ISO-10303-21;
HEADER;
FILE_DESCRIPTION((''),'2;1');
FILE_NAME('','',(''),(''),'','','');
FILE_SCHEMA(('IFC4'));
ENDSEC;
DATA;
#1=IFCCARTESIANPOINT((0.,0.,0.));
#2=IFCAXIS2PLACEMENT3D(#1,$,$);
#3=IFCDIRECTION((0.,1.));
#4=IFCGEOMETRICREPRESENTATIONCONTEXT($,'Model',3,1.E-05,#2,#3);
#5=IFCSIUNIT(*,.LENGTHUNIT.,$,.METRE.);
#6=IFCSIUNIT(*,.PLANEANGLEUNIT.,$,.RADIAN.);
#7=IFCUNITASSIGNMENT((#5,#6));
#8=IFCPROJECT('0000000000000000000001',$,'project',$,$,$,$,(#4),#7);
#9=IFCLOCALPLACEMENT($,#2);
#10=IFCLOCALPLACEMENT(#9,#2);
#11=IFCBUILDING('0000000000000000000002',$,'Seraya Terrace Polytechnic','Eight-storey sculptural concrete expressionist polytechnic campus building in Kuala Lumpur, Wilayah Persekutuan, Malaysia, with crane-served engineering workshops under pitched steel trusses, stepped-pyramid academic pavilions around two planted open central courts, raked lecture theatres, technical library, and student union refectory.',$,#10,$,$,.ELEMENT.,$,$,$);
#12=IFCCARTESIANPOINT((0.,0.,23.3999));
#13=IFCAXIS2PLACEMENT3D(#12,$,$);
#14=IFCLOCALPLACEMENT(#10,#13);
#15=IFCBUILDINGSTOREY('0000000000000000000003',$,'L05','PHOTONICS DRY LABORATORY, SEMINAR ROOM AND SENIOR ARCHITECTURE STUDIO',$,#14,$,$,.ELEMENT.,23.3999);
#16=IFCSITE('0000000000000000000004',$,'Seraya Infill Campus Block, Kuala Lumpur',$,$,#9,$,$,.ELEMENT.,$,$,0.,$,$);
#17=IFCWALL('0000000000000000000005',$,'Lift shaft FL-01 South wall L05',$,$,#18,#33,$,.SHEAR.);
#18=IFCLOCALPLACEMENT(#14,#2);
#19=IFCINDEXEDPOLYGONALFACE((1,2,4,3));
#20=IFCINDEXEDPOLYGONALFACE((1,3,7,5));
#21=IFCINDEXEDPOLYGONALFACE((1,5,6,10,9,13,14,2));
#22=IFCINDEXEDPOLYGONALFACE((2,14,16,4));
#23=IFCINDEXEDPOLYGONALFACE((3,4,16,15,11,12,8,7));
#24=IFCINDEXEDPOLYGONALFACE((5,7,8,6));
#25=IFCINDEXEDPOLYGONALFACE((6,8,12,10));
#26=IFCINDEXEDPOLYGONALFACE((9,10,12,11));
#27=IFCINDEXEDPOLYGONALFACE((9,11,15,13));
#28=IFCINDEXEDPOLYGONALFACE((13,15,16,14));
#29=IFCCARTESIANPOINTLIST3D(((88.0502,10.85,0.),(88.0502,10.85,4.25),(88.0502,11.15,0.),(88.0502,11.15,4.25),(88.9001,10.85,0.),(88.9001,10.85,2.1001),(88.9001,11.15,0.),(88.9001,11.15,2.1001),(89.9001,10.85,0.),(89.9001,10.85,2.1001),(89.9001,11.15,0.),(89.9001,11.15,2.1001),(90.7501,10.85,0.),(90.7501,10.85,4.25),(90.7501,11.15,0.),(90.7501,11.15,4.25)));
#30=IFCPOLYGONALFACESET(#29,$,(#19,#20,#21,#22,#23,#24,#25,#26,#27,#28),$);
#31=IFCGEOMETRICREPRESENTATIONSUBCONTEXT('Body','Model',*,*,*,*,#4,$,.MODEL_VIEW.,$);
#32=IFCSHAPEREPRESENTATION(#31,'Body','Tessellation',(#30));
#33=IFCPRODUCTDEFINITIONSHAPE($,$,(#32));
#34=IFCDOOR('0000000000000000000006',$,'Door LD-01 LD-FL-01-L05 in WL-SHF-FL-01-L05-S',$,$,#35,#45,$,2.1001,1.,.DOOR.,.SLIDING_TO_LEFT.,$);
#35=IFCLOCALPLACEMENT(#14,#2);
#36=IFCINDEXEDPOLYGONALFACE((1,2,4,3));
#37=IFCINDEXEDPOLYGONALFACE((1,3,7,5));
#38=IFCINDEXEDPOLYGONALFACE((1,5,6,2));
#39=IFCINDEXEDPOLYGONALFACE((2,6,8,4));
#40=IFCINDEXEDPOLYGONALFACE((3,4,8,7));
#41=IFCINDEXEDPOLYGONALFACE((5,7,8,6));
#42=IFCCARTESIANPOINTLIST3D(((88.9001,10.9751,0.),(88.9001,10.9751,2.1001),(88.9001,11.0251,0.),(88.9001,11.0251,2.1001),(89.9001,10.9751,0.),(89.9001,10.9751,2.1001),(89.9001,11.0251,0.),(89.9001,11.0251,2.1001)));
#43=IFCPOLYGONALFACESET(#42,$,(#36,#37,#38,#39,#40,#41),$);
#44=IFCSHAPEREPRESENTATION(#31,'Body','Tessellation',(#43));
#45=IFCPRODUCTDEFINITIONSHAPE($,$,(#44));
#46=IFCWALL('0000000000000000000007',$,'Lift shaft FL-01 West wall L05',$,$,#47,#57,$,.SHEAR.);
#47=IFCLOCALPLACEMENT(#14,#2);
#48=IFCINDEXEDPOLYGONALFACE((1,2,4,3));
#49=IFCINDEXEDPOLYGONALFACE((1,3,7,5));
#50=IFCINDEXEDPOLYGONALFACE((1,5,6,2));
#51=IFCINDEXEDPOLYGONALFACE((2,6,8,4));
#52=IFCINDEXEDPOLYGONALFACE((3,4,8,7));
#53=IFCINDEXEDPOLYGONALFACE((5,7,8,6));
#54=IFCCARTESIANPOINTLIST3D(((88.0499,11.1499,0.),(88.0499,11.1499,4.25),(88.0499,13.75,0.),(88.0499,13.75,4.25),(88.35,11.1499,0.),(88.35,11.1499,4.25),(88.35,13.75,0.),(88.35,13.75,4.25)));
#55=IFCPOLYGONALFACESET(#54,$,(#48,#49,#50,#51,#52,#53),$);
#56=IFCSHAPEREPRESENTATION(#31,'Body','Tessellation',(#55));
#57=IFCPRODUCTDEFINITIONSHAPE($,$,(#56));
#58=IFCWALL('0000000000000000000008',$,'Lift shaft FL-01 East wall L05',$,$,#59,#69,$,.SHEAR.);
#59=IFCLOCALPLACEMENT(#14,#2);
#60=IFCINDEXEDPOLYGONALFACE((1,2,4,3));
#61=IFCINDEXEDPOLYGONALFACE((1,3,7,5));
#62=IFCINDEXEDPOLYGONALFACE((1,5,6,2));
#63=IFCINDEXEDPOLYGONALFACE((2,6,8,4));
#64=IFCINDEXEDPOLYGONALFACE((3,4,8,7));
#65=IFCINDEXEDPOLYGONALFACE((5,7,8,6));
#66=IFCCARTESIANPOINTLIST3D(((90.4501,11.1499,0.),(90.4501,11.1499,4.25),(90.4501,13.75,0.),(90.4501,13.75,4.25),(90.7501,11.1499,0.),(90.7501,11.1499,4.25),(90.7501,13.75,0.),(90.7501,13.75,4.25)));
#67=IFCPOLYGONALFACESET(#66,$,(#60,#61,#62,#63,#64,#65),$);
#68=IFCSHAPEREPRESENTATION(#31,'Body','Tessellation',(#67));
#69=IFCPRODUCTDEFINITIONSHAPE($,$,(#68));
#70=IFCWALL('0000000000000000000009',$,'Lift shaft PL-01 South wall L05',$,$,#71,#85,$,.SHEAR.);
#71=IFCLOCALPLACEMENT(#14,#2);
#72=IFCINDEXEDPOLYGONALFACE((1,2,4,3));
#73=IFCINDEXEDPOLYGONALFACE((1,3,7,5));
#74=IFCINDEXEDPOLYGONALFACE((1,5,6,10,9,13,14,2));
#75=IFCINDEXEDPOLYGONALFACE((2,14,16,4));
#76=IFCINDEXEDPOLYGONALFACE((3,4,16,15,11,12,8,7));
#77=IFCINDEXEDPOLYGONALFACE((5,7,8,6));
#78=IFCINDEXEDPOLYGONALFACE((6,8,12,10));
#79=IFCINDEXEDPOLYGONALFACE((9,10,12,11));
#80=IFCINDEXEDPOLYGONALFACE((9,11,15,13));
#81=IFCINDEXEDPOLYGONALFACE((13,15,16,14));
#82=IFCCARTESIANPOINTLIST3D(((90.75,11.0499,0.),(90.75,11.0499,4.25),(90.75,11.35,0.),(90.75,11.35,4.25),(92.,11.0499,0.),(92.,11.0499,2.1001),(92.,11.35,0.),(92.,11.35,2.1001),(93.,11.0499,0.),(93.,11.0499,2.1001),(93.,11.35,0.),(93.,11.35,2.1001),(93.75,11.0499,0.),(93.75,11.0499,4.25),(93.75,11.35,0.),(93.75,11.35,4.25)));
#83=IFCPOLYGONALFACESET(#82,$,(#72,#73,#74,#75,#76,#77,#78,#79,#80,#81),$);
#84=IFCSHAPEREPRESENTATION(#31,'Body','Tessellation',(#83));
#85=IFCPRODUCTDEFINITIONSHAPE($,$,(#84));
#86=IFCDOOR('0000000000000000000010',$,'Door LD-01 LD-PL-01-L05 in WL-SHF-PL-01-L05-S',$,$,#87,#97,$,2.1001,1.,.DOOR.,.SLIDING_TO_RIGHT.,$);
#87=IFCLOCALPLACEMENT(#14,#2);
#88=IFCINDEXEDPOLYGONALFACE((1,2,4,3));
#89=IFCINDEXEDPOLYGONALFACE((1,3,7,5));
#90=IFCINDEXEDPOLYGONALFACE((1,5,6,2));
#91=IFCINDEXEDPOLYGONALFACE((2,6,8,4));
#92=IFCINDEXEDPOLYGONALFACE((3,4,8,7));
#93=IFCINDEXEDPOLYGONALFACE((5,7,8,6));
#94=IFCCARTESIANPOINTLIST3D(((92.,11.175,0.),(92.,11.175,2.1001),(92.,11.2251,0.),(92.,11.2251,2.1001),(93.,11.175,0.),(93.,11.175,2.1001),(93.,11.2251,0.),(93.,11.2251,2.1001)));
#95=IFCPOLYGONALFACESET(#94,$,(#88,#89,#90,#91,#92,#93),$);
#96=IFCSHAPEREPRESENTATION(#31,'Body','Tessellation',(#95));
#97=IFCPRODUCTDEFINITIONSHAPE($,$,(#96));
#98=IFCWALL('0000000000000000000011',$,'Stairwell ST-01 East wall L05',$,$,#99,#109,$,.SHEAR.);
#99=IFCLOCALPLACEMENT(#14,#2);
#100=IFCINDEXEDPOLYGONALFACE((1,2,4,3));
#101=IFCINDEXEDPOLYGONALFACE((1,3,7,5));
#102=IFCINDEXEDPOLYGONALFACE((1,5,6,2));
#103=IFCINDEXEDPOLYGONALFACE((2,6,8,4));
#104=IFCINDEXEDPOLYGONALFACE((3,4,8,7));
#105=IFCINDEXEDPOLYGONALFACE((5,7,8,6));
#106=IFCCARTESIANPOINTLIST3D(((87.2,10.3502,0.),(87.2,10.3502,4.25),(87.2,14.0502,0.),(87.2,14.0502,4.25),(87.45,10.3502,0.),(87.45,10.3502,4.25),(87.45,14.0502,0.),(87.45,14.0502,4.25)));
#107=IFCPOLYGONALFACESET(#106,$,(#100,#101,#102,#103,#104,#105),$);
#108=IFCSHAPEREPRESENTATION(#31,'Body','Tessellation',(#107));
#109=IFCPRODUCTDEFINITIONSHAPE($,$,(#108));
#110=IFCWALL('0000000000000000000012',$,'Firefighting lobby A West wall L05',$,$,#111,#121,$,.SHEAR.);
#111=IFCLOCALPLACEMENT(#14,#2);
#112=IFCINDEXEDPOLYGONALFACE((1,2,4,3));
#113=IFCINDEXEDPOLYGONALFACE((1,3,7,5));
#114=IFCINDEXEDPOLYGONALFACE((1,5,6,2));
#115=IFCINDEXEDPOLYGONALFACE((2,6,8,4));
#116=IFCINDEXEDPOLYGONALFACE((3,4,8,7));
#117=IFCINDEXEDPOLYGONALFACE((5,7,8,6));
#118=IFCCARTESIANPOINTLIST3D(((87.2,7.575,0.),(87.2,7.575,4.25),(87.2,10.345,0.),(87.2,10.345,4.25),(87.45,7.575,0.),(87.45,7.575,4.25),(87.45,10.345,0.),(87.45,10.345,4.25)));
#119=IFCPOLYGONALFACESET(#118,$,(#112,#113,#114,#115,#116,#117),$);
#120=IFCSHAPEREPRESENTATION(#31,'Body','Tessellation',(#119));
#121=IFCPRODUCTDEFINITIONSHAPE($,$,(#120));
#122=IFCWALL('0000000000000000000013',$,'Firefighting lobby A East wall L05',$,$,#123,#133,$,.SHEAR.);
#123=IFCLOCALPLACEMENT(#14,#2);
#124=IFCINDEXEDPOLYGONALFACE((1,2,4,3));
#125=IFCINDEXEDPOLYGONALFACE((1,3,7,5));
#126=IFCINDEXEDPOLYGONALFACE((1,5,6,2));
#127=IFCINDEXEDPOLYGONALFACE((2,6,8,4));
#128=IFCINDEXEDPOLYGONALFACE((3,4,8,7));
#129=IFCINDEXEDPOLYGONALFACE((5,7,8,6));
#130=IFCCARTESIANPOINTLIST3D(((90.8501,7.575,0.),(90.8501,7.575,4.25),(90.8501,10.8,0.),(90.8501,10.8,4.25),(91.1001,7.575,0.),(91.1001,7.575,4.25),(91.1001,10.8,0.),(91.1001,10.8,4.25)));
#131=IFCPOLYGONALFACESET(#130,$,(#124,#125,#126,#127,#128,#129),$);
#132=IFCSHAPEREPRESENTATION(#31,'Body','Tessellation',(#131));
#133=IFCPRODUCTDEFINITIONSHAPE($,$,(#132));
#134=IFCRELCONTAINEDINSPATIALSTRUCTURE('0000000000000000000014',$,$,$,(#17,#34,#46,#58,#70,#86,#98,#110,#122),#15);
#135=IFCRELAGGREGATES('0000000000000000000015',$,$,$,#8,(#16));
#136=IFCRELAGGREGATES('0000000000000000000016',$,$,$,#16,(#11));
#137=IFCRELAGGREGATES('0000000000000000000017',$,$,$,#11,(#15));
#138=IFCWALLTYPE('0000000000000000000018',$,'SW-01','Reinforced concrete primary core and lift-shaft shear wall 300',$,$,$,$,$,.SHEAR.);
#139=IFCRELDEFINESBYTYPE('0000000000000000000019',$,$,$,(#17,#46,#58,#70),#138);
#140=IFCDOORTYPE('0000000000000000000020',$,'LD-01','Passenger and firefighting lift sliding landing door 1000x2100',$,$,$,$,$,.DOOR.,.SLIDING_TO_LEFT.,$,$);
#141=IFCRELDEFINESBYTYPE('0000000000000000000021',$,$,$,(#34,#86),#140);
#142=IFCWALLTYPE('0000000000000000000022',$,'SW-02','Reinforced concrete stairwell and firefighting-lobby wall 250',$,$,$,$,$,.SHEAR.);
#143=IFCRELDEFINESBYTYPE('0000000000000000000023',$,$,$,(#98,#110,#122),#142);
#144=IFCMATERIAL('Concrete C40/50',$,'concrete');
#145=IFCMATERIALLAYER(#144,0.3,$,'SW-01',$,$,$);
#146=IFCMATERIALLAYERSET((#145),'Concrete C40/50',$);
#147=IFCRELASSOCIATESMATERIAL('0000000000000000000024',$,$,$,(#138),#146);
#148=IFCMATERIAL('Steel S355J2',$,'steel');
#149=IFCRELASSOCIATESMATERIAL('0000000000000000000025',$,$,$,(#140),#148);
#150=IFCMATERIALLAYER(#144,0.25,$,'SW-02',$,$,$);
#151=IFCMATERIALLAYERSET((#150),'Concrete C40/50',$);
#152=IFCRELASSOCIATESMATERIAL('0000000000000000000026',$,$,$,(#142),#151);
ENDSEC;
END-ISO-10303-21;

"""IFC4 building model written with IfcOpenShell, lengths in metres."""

from ifc_helpers import new_model, si_unit, direction, frame, frame_2d, origin, place, context, subcontext, project, spatial, rectangle, extrude, material, layer, layer_set, type_object, element, fill, save


model = new_model("IFC4")

# Units and contexts
model_context = context("Model", 3, precision=1e-05, world=origin(), true_north=direction((0.0, 1.0)))
body_context = subcontext(model_context, "Body", "Model", "MODEL_VIEW")
ifc_project = project(units=[si_unit("LENGTHUNIT", "METRE"), si_unit("PLANEANGLEUNIT", "RADIAN")], contexts=[model_context])

# Site, building, storey
site_placement = place(None, origin())
site = spatial("IfcSite", under=ifc_project, at=site_placement, Name="Seraya Infill Campus Block, Kuala Lumpur", CompositionType="ELEMENT", RefElevation=0.0)
building_placement = place(site_placement, origin())
building = spatial("IfcBuilding", under=site, at=building_placement, Name="Seraya Terrace Polytechnic", Description="Eight-storey sculptural concrete expressionist polytechnic campus building in Kuala Lumpur, Wilayah Persekutuan, Malaysia, with crane-served engineering workshops under pitched steel trusses, stepped-pyramid academic pavilions around two planted open central courts, raked lecture theatres, technical library, and student union refectory.", CompositionType="ELEMENT")
storey_placement = place(building_placement, frame((0.0, 0.0, 23.3999)))
storey = spatial("IfcBuildingStorey", under=building, at=storey_placement, Name="L05", Description="PHOTONICS DRY LABORATORY, SEMINAR ROOM AND SENIOR ARCHITECTURE STUDIO", CompositionType="ELEMENT", Elevation=23.3999)

# Shared definitions
ifc_material_1 = material(Name="Concrete C40/50", Category="concrete")

# Wall, opening, door
ifc_layer_1 = layer(ifc_material_1, 0.3, Name="SW-01")
ifc_layer_set_1 = layer_set([ifc_layer_1], Name="Concrete C40/50")
wall_type_1 = type_object("IfcWallType", Name="SW-01", Description="Reinforced concrete primary core and lift-shaft shear wall 300", PredefinedType="SHEAR", material=ifc_layer_set_1)
wall_1_placement = place(storey_placement, frame((88.05, 11.0, 0.0), z_axis=(0.0, 0.0, 1.0), x_axis=(1.0, 0.0, 0.0)))
wall_1 = element("IfcWall", 1, at=wall_1_placement, inside=storey, type_object=wall_type_1, Name="Lift shaft FL-01 South wall L05", PredefinedType="SHEAR", context=body_context, shape_type="SweptSolid", body=[
    extrude(rectangle(XDim=2.7, YDim=0.3, at=frame_2d((1.3501, 0.0))), origin(), (0.0, 0.0, 1.0), 4.25),
])
opening_1_placement = place(wall_1_placement, frame((0.8501, 0.0, 0.0)))
opening_1 = element("IfcOpeningElement", 2, at=opening_1_placement, cuts=wall_1, PredefinedType="OPENING", context=body_context, shape_type="SweptSolid", body=[
    extrude(rectangle(XDim=1.0, YDim=2.1001, at=frame_2d((0.5, 1.05))), frame((0.0, 0.1621, 0.0), z_axis=(0.0, -1.0, 0.0), x_axis=(1.0, 0.0, 0.0)), (0.0, 0.0, 1.0), 0.324),
])
ifc_material_2 = material(Name="Steel S355J2", Category="steel")
door_type_1 = type_object("IfcDoorType", Name="LD-01", Description="Passenger and firefighting lift sliding landing door 1000x2100", OperationType="SLIDING_TO_LEFT", PredefinedType="DOOR", material=ifc_material_2)
door_1_placement = place(opening_1_placement, frame((1.0, 0.0, 0.0), z_axis=(0.0, 0.0, 1.0), x_axis=(-1.0, 0.0, 0.0)))
door_1 = element("IfcDoor", 3, at=door_1_placement, inside=storey, type_object=door_type_1, Name="Door LD-01 LD-FL-01-L05 in WL-SHF-FL-01-L05-S", OperationType="SLIDING_TO_LEFT", OverallHeight=2.1001, OverallWidth=1.0, PredefinedType="DOOR", context=body_context, shape_type="SweptSolid", body=[
    extrude(rectangle(XDim=1.0, YDim=2.1001, at=frame_2d((0.5, 1.05))), frame((0.0, 0.0249, 0.0), z_axis=(0.0, -1.0, 0.0), x_axis=(1.0, 0.0, 0.0)), (0.0, 0.0, 1.0), 0.05),
])
fill(opening_1, door_1)

# Walls
for number, where, z_axis, x_axis, name in (
    (4, (88.2, 11.1499, 0.0), (0.0, 0.0, 1.0), (0.0, 1.0, 0.0), "Lift shaft FL-01 West wall L05"),
    (5, (90.6001, 11.1499, 0.0), (0.0, 0.0, 1.0), (0.0, 1.0, 0.0), "Lift shaft FL-01 East wall L05"),
):
    element("IfcWall", number, at=place(storey_placement, frame(where, z_axis=z_axis, x_axis=x_axis)), inside=storey, type_object=wall_type_1, Name=name, PredefinedType="SHEAR", context=body_context, shape_type="SweptSolid", body=[
        extrude(rectangle(XDim=2.6001, YDim=0.3, at=frame_2d((1.3, 0.0))), origin(), (0.0, 0.0, 1.0), 4.25),
    ])

# Wall, opening, door
wall_2_placement = place(storey_placement, frame((90.75, 11.2, 0.0), z_axis=(0.0, 0.0, 1.0), x_axis=(1.0, 0.0, 0.0)))
wall_2 = element("IfcWall", 6, at=wall_2_placement, inside=storey, type_object=wall_type_1, Name="Lift shaft PL-01 South wall L05", PredefinedType="SHEAR", context=body_context, shape_type="SweptSolid", body=[
    extrude(rectangle(XDim=3.0, YDim=0.3, at=frame_2d((1.5, 0.0))), origin(), (0.0, 0.0, 1.0), 4.25),
])
opening_2_placement = place(wall_2_placement, frame((1.25, 0.0, 0.0)))
opening_2 = element("IfcOpeningElement", 7, at=opening_2_placement, cuts=wall_2, PredefinedType="OPENING", context=body_context, shape_type="SweptSolid", body=[
    extrude(rectangle(XDim=1.0, YDim=2.1001, at=frame_2d((0.5, 1.05))), frame((0.0, 0.1621, 0.0), z_axis=(0.0, -1.0, 0.0), x_axis=(1.0, 0.0, 0.0)), (0.0, 0.0, 1.0), 0.324),
])
door_2_placement = place(opening_2_placement, frame((1.0, 0.0, 0.0), z_axis=(0.0, 0.0, 1.0), x_axis=(-1.0, 0.0, 0.0)))
door_2 = element("IfcDoor", 8, at=door_2_placement, inside=storey, type_object=door_type_1, Name="Door LD-01 LD-PL-01-L05 in WL-SHF-PL-01-L05-S", OperationType="SLIDING_TO_RIGHT", OverallHeight=2.1001, OverallWidth=1.0, PredefinedType="DOOR", context=body_context, shape_type="SweptSolid", body=[
    extrude(rectangle(XDim=1.0, YDim=2.1001, at=frame_2d((0.5, 1.05))), frame((0.0, 0.0249, 0.0), z_axis=(0.0, -1.0, 0.0), x_axis=(1.0, 0.0, 0.0)), (0.0, 0.0, 1.0), 0.05),
])
fill(opening_2, door_2)

# Wall
ifc_layer_2 = layer(ifc_material_1, 0.25, Name="SW-02")
ifc_layer_set_2 = layer_set([ifc_layer_2], Name="Concrete C40/50")
wall_type_2 = type_object("IfcWallType", Name="SW-02", Description="Reinforced concrete stairwell and firefighting-lobby wall 250", PredefinedType="SHEAR", material=ifc_layer_set_2)
wall_3_placement = place(storey_placement, frame((87.325, 10.3501, 0.0), z_axis=(0.0, 0.0, 1.0), x_axis=(0.0, 1.0, 0.0)))
element("IfcWall", 9, at=wall_3_placement, inside=storey, type_object=wall_type_2, Name="Stairwell ST-01 East wall L05", PredefinedType="SHEAR", context=body_context, shape_type="SweptSolid", body=[
    extrude(rectangle(XDim=3.7, YDim=0.25, at=frame_2d((1.8501, 0.0))), origin(), (0.0, 0.0, 1.0), 4.25),
])

# Walls
wall_4_placement = place(storey_placement, frame((87.325, 7.575, 0.0), z_axis=(0.0, 0.0, 1.0), x_axis=(0.0, 1.0, 0.0)))
element("IfcWall", 10, at=wall_4_placement, inside=storey, type_object=wall_type_2, Name="Firefighting lobby A West wall L05", PredefinedType="SHEAR", context=body_context, shape_type="SweptSolid", body=[
    extrude(rectangle(XDim=2.77, YDim=0.25, at=frame_2d((1.385, 0.0))), origin(), (0.0, 0.0, 1.0), 4.25),
])
wall_5_placement = place(storey_placement, frame((90.9751, 7.575, 0.0), z_axis=(0.0, 0.0, 1.0), x_axis=(0.0, 1.0, 0.0)))
element("IfcWall", 11, at=wall_5_placement, inside=storey, type_object=wall_type_2, Name="Firefighting lobby A East wall L05", PredefinedType="SHEAR", context=body_context, shape_type="SweptSolid", body=[
    extrude(rectangle(XDim=3.2251, YDim=0.25, at=frame_2d((1.6125, 0.0))), origin(), (0.0, 0.0, 1.0), 4.25),
])

save(model, "model.ifc")
